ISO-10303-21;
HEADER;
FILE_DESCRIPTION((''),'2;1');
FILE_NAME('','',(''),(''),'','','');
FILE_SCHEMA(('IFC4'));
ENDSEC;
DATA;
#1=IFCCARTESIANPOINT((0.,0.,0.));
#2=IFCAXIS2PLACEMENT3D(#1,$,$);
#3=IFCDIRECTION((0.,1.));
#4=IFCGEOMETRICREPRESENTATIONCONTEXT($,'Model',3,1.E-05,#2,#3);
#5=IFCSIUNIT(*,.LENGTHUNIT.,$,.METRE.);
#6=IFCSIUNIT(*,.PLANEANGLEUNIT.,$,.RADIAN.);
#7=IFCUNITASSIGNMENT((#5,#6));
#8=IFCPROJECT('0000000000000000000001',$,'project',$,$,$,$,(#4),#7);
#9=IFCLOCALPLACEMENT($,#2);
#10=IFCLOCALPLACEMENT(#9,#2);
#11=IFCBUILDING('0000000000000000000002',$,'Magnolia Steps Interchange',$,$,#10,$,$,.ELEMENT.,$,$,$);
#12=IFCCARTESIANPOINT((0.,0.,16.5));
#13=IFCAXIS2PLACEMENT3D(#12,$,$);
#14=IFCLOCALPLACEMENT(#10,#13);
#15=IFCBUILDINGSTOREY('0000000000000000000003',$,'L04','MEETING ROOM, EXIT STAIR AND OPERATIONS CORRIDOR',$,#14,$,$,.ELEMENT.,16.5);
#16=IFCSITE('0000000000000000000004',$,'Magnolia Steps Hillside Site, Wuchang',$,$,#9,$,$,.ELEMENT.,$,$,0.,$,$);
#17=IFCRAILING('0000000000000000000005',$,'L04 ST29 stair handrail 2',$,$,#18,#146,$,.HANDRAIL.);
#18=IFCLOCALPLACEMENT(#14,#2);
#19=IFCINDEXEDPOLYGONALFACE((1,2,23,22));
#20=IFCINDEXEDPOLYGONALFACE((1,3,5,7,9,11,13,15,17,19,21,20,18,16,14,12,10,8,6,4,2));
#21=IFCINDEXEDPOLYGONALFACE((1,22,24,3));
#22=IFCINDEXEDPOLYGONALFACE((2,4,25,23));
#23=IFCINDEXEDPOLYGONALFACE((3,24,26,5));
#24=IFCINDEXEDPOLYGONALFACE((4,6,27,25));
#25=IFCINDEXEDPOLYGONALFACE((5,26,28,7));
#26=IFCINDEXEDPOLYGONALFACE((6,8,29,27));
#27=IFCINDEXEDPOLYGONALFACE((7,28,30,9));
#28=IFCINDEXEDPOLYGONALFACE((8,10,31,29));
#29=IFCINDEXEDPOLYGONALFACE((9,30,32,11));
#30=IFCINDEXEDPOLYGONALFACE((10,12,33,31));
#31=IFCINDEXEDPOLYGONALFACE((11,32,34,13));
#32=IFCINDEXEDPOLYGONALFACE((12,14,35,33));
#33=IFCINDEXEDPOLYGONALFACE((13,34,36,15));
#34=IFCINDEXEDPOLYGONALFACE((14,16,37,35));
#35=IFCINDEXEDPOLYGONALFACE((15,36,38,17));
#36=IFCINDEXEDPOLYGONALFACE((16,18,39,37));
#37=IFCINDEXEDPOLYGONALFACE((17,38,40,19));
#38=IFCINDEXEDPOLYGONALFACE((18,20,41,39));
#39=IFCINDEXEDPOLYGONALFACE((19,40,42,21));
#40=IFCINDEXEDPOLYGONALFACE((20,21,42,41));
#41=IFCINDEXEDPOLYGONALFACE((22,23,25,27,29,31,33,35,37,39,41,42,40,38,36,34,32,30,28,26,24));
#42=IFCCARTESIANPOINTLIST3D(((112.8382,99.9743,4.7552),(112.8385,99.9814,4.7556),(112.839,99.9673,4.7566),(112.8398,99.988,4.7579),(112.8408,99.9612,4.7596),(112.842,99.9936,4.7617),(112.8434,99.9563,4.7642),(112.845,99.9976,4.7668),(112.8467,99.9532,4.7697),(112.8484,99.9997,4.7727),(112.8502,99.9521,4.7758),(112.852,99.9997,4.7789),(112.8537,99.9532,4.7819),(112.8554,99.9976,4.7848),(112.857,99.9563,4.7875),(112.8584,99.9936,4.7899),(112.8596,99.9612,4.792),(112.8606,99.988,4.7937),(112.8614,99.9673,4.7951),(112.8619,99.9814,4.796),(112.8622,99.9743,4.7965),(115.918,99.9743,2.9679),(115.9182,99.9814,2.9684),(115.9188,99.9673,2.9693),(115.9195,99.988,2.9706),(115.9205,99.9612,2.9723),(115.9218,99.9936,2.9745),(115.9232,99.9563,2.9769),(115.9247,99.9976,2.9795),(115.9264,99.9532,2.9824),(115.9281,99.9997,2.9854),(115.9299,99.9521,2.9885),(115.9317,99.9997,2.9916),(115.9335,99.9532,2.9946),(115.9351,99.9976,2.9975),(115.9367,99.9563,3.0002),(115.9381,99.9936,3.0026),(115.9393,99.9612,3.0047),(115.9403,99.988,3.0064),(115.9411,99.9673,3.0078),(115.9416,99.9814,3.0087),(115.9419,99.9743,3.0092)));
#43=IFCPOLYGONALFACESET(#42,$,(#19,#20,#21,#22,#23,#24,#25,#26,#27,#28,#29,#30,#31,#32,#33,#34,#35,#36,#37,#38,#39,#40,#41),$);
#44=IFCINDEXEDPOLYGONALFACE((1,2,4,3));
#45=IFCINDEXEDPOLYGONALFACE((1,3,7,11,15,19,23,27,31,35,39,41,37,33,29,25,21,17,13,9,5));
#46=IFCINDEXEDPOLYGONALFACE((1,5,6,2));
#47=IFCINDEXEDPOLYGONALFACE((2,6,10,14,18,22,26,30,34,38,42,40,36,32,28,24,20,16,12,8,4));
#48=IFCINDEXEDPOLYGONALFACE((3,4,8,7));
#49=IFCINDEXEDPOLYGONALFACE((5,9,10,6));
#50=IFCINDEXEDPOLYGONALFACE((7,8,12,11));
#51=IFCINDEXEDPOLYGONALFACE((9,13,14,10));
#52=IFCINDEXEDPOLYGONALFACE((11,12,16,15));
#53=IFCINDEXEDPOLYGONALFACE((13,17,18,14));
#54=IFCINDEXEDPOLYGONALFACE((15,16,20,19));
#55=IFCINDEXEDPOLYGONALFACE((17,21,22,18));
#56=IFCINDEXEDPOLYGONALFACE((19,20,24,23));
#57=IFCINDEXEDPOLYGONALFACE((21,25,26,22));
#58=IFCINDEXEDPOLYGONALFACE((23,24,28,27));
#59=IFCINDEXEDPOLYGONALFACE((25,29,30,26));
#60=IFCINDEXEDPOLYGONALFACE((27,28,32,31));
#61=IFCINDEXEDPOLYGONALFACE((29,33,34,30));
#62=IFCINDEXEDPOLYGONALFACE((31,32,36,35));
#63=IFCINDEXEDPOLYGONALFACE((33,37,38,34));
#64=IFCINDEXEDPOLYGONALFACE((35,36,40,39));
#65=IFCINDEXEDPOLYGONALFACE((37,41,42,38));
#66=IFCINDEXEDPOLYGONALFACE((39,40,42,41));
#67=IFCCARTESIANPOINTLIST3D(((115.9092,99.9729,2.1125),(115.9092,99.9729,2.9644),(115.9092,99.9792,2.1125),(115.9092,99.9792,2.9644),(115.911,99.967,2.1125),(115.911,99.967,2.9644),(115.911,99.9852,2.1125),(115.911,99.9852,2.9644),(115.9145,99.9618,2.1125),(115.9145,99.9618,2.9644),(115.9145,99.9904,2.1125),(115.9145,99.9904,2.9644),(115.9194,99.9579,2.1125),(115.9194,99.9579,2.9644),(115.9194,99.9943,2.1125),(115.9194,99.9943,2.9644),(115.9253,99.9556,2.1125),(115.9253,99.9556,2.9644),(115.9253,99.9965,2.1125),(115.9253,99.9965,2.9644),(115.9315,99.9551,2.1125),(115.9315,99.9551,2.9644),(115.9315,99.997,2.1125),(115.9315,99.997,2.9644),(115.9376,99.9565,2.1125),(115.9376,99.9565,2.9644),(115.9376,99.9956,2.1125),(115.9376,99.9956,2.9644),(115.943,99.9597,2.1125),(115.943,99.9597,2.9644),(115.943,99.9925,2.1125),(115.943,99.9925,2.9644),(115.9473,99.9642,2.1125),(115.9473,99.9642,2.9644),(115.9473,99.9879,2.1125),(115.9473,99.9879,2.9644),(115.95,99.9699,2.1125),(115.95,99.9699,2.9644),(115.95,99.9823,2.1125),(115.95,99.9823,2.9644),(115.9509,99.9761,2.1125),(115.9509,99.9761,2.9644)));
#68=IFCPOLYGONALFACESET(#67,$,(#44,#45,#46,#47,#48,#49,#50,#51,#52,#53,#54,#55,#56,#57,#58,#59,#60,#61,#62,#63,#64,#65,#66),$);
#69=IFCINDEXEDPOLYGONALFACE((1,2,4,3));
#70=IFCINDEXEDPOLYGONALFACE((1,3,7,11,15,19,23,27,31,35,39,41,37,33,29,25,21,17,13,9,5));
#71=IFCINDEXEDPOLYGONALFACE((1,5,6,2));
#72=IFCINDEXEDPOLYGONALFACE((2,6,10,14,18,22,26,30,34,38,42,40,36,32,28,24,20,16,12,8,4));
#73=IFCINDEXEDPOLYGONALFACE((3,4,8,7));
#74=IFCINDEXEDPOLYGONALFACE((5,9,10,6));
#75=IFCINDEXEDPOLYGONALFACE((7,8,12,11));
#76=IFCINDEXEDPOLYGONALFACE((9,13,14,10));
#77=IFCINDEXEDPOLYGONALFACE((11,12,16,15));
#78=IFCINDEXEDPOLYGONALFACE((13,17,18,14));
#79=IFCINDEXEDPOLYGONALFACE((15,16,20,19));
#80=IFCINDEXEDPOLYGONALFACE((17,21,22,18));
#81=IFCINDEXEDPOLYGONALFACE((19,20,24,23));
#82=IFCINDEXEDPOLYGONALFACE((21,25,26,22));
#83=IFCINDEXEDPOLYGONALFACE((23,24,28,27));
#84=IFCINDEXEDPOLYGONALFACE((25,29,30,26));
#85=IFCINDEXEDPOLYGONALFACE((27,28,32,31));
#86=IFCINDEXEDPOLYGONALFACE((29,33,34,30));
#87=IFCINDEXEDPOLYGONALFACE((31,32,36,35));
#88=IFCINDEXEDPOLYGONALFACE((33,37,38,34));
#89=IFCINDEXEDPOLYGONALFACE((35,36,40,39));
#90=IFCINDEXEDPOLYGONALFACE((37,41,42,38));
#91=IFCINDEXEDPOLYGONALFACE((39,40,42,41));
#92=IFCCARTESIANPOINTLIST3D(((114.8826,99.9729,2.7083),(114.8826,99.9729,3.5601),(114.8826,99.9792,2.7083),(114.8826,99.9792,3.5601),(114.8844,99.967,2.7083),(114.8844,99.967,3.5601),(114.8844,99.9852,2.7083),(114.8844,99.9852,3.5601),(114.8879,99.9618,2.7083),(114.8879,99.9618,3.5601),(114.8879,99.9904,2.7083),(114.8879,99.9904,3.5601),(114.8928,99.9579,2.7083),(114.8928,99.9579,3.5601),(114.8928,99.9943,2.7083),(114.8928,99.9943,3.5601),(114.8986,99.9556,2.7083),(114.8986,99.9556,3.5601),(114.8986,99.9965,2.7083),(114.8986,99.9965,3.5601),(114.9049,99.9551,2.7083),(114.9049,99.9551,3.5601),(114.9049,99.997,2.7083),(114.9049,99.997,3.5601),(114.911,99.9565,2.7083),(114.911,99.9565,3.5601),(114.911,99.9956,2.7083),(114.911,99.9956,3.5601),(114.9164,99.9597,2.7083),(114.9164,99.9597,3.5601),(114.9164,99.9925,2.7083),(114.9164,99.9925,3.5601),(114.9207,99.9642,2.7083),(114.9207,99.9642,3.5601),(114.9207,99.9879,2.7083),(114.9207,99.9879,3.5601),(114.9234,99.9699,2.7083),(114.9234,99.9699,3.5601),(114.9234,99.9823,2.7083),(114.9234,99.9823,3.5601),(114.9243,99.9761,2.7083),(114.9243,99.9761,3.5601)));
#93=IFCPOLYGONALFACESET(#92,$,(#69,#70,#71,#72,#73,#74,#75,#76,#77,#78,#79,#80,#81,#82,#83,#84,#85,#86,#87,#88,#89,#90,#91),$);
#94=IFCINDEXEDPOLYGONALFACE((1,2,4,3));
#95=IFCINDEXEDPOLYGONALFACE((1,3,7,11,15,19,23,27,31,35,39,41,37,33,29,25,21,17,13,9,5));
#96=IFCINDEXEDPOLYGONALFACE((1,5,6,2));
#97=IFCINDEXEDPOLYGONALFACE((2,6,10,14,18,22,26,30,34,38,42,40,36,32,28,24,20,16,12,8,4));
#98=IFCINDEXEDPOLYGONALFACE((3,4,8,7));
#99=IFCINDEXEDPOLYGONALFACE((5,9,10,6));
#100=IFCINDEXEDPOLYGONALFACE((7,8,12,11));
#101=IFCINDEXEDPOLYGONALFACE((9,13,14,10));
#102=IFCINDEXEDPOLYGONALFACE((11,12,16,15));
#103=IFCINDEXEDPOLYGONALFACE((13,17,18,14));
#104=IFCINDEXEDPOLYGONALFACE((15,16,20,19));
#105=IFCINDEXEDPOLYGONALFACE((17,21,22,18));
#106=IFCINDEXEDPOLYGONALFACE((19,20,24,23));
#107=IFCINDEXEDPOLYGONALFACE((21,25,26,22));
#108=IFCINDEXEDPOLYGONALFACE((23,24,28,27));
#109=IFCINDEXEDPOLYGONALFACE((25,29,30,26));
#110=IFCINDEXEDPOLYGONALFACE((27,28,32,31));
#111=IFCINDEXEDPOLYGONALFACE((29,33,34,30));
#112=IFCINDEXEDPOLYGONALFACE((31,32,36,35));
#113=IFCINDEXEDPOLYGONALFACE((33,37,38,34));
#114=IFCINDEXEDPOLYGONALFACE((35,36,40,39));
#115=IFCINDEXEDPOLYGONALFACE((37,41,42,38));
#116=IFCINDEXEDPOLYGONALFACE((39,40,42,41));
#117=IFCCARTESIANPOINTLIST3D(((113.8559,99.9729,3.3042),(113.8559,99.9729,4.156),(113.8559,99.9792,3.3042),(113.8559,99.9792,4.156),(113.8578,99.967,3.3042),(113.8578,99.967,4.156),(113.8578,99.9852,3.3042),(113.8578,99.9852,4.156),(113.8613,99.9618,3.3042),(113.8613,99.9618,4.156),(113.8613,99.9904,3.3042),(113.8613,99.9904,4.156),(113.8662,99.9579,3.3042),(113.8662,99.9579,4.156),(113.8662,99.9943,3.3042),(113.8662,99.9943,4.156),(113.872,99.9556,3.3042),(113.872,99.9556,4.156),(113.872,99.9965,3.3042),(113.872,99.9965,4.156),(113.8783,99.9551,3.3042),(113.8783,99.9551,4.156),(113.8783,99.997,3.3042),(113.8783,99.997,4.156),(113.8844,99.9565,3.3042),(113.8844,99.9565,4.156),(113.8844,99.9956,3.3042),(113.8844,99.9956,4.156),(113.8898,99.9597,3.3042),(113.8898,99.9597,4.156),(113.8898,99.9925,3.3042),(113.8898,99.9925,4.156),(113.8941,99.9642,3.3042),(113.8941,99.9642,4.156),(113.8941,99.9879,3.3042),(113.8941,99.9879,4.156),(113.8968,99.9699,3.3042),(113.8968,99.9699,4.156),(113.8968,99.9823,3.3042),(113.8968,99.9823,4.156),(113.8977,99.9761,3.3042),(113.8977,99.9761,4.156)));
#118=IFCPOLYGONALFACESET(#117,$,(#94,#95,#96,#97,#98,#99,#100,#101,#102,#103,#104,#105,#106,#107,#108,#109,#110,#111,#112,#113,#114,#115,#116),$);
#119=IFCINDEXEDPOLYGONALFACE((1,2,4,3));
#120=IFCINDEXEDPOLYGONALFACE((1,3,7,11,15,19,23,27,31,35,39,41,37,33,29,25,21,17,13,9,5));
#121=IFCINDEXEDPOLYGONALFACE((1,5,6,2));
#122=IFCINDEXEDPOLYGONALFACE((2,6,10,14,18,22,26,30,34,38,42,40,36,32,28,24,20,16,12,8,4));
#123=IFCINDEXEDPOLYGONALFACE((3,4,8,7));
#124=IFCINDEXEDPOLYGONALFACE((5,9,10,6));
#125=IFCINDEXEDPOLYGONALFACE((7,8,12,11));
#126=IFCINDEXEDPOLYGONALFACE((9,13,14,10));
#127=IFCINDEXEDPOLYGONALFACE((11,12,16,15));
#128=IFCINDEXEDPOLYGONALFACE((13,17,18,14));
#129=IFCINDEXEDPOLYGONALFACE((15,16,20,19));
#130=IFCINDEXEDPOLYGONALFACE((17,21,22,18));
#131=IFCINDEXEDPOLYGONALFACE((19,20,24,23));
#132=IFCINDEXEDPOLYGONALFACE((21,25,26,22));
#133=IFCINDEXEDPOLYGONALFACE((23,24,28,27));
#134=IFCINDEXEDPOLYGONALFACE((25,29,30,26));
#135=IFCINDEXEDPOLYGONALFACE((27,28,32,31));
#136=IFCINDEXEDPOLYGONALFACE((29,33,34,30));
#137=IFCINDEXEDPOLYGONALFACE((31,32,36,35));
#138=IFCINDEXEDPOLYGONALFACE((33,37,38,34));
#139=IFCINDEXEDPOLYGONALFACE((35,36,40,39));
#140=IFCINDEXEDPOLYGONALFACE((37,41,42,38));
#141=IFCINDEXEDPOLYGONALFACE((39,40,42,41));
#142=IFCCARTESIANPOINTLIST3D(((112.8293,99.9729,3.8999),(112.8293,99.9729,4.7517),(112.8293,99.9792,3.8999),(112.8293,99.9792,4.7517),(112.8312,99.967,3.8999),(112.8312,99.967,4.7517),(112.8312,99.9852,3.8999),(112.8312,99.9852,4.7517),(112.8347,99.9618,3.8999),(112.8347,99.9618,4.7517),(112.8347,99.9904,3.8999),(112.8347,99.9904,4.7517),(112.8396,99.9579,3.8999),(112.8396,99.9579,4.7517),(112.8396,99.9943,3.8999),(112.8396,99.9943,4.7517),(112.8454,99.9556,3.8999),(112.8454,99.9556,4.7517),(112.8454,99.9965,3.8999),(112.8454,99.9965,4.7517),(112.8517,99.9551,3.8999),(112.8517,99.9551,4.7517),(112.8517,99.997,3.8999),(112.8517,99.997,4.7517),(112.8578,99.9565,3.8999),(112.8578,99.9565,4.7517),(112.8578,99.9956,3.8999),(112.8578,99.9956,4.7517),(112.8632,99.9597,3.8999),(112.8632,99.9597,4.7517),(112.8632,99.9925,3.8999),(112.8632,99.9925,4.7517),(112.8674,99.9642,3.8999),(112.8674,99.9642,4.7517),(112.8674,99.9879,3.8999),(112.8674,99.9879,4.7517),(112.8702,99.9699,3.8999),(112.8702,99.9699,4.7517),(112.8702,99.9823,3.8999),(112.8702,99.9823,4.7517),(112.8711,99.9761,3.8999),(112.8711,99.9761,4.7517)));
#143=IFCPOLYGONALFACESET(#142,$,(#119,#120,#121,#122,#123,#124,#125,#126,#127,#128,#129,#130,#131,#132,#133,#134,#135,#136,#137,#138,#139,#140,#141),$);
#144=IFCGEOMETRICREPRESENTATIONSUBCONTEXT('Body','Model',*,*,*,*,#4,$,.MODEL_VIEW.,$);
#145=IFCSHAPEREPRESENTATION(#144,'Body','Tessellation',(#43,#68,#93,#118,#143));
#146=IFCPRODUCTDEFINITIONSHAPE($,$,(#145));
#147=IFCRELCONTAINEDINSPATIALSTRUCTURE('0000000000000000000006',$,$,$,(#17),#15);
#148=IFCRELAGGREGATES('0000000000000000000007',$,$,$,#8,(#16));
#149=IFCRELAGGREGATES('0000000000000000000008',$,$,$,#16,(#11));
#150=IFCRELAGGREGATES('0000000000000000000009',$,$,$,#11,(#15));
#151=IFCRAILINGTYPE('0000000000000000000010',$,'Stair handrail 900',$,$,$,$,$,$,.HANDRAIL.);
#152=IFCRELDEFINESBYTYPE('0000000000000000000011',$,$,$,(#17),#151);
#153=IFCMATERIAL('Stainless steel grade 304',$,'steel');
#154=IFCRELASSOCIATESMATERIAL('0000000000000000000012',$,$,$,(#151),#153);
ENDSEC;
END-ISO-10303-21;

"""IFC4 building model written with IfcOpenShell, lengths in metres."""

from ifc_helpers import new_model, si_unit, direction, frame, origin, origin_2d, place, context, subcontext, project, spatial, circle, extrude, material, type_object, element, save


model = new_model("IFC4")

# Units and contexts
model_context = context("Model", 3, precision=1e-05, world=origin(), true_north=direction((0.0, 1.0)))
body_context = subcontext(model_context, "Body", "Model", "MODEL_VIEW")
ifc_project = project(units=[si_unit("LENGTHUNIT", "METRE"), si_unit("PLANEANGLEUNIT", "RADIAN")], contexts=[model_context])

# Site, building, storey
site_placement = place(None, origin())
site = spatial("IfcSite", under=ifc_project, at=site_placement, Name="Magnolia Steps Hillside Site, Wuchang", CompositionType="ELEMENT", RefElevation=0.0)
building_placement = place(site_placement, origin())
building = spatial("IfcBuilding", under=site, at=building_placement, Name="Magnolia Steps Interchange", CompositionType="ELEMENT")
storey_placement = place(building_placement, frame((0.0, 0.0, 16.5)))
storey = spatial("IfcBuildingStorey", under=building, at=storey_placement, Name="L04", Description="MEETING ROOM, EXIT STAIR AND OPERATIONS CORRIDOR", CompositionType="ELEMENT", Elevation=16.5)

# Railing
ifc_material_1 = material(Name="Stainless steel grade 304", Category="steel")
railing_type_1 = type_object("IfcRailingType", Name="Stair handrail 900", PredefinedType="HANDRAIL", material=ifc_material_1)
railing_1_placement = place(storey_placement, frame((115.9299, 99.9761, 2.1125)))
element("IfcRailing", 1, at=railing_1_placement, inside=storey, type_object=railing_type_1, Name="L04 ST29 stair handrail 2", PredefinedType="HANDRAIL", context=body_context, shape_type="SweptSolid", body=[
    extrude(circle(Radius=0.0239, at=origin_2d()), frame((0.0, 0.0, 0.876), z_axis=(-0.864903, 0.0, 0.501939), x_axis=(0.0, -1.0, 0.0)), (0.0, 0.0, 1.0), 3.5608),
    extrude(circle(Radius=0.021, at=origin_2d()), origin(), (0.0, 0.0, 1.0), 0.8518),
    extrude(circle(Radius=0.021, at=origin_2d()), frame((-1.0266, 0.0, 0.5957)), (0.0, 0.0, 1.0), 0.8518),
    extrude(circle(Radius=0.021, at=origin_2d()), frame((-2.0532, 0.0, 1.1917)), (0.0, 0.0, 1.0), 0.8518),
    extrude(circle(Radius=0.021, at=origin_2d()), frame((-3.0798, 0.0, 1.7874)), (0.0, 0.0, 1.0), 0.8518),
])

save(model, "model.ifc")
